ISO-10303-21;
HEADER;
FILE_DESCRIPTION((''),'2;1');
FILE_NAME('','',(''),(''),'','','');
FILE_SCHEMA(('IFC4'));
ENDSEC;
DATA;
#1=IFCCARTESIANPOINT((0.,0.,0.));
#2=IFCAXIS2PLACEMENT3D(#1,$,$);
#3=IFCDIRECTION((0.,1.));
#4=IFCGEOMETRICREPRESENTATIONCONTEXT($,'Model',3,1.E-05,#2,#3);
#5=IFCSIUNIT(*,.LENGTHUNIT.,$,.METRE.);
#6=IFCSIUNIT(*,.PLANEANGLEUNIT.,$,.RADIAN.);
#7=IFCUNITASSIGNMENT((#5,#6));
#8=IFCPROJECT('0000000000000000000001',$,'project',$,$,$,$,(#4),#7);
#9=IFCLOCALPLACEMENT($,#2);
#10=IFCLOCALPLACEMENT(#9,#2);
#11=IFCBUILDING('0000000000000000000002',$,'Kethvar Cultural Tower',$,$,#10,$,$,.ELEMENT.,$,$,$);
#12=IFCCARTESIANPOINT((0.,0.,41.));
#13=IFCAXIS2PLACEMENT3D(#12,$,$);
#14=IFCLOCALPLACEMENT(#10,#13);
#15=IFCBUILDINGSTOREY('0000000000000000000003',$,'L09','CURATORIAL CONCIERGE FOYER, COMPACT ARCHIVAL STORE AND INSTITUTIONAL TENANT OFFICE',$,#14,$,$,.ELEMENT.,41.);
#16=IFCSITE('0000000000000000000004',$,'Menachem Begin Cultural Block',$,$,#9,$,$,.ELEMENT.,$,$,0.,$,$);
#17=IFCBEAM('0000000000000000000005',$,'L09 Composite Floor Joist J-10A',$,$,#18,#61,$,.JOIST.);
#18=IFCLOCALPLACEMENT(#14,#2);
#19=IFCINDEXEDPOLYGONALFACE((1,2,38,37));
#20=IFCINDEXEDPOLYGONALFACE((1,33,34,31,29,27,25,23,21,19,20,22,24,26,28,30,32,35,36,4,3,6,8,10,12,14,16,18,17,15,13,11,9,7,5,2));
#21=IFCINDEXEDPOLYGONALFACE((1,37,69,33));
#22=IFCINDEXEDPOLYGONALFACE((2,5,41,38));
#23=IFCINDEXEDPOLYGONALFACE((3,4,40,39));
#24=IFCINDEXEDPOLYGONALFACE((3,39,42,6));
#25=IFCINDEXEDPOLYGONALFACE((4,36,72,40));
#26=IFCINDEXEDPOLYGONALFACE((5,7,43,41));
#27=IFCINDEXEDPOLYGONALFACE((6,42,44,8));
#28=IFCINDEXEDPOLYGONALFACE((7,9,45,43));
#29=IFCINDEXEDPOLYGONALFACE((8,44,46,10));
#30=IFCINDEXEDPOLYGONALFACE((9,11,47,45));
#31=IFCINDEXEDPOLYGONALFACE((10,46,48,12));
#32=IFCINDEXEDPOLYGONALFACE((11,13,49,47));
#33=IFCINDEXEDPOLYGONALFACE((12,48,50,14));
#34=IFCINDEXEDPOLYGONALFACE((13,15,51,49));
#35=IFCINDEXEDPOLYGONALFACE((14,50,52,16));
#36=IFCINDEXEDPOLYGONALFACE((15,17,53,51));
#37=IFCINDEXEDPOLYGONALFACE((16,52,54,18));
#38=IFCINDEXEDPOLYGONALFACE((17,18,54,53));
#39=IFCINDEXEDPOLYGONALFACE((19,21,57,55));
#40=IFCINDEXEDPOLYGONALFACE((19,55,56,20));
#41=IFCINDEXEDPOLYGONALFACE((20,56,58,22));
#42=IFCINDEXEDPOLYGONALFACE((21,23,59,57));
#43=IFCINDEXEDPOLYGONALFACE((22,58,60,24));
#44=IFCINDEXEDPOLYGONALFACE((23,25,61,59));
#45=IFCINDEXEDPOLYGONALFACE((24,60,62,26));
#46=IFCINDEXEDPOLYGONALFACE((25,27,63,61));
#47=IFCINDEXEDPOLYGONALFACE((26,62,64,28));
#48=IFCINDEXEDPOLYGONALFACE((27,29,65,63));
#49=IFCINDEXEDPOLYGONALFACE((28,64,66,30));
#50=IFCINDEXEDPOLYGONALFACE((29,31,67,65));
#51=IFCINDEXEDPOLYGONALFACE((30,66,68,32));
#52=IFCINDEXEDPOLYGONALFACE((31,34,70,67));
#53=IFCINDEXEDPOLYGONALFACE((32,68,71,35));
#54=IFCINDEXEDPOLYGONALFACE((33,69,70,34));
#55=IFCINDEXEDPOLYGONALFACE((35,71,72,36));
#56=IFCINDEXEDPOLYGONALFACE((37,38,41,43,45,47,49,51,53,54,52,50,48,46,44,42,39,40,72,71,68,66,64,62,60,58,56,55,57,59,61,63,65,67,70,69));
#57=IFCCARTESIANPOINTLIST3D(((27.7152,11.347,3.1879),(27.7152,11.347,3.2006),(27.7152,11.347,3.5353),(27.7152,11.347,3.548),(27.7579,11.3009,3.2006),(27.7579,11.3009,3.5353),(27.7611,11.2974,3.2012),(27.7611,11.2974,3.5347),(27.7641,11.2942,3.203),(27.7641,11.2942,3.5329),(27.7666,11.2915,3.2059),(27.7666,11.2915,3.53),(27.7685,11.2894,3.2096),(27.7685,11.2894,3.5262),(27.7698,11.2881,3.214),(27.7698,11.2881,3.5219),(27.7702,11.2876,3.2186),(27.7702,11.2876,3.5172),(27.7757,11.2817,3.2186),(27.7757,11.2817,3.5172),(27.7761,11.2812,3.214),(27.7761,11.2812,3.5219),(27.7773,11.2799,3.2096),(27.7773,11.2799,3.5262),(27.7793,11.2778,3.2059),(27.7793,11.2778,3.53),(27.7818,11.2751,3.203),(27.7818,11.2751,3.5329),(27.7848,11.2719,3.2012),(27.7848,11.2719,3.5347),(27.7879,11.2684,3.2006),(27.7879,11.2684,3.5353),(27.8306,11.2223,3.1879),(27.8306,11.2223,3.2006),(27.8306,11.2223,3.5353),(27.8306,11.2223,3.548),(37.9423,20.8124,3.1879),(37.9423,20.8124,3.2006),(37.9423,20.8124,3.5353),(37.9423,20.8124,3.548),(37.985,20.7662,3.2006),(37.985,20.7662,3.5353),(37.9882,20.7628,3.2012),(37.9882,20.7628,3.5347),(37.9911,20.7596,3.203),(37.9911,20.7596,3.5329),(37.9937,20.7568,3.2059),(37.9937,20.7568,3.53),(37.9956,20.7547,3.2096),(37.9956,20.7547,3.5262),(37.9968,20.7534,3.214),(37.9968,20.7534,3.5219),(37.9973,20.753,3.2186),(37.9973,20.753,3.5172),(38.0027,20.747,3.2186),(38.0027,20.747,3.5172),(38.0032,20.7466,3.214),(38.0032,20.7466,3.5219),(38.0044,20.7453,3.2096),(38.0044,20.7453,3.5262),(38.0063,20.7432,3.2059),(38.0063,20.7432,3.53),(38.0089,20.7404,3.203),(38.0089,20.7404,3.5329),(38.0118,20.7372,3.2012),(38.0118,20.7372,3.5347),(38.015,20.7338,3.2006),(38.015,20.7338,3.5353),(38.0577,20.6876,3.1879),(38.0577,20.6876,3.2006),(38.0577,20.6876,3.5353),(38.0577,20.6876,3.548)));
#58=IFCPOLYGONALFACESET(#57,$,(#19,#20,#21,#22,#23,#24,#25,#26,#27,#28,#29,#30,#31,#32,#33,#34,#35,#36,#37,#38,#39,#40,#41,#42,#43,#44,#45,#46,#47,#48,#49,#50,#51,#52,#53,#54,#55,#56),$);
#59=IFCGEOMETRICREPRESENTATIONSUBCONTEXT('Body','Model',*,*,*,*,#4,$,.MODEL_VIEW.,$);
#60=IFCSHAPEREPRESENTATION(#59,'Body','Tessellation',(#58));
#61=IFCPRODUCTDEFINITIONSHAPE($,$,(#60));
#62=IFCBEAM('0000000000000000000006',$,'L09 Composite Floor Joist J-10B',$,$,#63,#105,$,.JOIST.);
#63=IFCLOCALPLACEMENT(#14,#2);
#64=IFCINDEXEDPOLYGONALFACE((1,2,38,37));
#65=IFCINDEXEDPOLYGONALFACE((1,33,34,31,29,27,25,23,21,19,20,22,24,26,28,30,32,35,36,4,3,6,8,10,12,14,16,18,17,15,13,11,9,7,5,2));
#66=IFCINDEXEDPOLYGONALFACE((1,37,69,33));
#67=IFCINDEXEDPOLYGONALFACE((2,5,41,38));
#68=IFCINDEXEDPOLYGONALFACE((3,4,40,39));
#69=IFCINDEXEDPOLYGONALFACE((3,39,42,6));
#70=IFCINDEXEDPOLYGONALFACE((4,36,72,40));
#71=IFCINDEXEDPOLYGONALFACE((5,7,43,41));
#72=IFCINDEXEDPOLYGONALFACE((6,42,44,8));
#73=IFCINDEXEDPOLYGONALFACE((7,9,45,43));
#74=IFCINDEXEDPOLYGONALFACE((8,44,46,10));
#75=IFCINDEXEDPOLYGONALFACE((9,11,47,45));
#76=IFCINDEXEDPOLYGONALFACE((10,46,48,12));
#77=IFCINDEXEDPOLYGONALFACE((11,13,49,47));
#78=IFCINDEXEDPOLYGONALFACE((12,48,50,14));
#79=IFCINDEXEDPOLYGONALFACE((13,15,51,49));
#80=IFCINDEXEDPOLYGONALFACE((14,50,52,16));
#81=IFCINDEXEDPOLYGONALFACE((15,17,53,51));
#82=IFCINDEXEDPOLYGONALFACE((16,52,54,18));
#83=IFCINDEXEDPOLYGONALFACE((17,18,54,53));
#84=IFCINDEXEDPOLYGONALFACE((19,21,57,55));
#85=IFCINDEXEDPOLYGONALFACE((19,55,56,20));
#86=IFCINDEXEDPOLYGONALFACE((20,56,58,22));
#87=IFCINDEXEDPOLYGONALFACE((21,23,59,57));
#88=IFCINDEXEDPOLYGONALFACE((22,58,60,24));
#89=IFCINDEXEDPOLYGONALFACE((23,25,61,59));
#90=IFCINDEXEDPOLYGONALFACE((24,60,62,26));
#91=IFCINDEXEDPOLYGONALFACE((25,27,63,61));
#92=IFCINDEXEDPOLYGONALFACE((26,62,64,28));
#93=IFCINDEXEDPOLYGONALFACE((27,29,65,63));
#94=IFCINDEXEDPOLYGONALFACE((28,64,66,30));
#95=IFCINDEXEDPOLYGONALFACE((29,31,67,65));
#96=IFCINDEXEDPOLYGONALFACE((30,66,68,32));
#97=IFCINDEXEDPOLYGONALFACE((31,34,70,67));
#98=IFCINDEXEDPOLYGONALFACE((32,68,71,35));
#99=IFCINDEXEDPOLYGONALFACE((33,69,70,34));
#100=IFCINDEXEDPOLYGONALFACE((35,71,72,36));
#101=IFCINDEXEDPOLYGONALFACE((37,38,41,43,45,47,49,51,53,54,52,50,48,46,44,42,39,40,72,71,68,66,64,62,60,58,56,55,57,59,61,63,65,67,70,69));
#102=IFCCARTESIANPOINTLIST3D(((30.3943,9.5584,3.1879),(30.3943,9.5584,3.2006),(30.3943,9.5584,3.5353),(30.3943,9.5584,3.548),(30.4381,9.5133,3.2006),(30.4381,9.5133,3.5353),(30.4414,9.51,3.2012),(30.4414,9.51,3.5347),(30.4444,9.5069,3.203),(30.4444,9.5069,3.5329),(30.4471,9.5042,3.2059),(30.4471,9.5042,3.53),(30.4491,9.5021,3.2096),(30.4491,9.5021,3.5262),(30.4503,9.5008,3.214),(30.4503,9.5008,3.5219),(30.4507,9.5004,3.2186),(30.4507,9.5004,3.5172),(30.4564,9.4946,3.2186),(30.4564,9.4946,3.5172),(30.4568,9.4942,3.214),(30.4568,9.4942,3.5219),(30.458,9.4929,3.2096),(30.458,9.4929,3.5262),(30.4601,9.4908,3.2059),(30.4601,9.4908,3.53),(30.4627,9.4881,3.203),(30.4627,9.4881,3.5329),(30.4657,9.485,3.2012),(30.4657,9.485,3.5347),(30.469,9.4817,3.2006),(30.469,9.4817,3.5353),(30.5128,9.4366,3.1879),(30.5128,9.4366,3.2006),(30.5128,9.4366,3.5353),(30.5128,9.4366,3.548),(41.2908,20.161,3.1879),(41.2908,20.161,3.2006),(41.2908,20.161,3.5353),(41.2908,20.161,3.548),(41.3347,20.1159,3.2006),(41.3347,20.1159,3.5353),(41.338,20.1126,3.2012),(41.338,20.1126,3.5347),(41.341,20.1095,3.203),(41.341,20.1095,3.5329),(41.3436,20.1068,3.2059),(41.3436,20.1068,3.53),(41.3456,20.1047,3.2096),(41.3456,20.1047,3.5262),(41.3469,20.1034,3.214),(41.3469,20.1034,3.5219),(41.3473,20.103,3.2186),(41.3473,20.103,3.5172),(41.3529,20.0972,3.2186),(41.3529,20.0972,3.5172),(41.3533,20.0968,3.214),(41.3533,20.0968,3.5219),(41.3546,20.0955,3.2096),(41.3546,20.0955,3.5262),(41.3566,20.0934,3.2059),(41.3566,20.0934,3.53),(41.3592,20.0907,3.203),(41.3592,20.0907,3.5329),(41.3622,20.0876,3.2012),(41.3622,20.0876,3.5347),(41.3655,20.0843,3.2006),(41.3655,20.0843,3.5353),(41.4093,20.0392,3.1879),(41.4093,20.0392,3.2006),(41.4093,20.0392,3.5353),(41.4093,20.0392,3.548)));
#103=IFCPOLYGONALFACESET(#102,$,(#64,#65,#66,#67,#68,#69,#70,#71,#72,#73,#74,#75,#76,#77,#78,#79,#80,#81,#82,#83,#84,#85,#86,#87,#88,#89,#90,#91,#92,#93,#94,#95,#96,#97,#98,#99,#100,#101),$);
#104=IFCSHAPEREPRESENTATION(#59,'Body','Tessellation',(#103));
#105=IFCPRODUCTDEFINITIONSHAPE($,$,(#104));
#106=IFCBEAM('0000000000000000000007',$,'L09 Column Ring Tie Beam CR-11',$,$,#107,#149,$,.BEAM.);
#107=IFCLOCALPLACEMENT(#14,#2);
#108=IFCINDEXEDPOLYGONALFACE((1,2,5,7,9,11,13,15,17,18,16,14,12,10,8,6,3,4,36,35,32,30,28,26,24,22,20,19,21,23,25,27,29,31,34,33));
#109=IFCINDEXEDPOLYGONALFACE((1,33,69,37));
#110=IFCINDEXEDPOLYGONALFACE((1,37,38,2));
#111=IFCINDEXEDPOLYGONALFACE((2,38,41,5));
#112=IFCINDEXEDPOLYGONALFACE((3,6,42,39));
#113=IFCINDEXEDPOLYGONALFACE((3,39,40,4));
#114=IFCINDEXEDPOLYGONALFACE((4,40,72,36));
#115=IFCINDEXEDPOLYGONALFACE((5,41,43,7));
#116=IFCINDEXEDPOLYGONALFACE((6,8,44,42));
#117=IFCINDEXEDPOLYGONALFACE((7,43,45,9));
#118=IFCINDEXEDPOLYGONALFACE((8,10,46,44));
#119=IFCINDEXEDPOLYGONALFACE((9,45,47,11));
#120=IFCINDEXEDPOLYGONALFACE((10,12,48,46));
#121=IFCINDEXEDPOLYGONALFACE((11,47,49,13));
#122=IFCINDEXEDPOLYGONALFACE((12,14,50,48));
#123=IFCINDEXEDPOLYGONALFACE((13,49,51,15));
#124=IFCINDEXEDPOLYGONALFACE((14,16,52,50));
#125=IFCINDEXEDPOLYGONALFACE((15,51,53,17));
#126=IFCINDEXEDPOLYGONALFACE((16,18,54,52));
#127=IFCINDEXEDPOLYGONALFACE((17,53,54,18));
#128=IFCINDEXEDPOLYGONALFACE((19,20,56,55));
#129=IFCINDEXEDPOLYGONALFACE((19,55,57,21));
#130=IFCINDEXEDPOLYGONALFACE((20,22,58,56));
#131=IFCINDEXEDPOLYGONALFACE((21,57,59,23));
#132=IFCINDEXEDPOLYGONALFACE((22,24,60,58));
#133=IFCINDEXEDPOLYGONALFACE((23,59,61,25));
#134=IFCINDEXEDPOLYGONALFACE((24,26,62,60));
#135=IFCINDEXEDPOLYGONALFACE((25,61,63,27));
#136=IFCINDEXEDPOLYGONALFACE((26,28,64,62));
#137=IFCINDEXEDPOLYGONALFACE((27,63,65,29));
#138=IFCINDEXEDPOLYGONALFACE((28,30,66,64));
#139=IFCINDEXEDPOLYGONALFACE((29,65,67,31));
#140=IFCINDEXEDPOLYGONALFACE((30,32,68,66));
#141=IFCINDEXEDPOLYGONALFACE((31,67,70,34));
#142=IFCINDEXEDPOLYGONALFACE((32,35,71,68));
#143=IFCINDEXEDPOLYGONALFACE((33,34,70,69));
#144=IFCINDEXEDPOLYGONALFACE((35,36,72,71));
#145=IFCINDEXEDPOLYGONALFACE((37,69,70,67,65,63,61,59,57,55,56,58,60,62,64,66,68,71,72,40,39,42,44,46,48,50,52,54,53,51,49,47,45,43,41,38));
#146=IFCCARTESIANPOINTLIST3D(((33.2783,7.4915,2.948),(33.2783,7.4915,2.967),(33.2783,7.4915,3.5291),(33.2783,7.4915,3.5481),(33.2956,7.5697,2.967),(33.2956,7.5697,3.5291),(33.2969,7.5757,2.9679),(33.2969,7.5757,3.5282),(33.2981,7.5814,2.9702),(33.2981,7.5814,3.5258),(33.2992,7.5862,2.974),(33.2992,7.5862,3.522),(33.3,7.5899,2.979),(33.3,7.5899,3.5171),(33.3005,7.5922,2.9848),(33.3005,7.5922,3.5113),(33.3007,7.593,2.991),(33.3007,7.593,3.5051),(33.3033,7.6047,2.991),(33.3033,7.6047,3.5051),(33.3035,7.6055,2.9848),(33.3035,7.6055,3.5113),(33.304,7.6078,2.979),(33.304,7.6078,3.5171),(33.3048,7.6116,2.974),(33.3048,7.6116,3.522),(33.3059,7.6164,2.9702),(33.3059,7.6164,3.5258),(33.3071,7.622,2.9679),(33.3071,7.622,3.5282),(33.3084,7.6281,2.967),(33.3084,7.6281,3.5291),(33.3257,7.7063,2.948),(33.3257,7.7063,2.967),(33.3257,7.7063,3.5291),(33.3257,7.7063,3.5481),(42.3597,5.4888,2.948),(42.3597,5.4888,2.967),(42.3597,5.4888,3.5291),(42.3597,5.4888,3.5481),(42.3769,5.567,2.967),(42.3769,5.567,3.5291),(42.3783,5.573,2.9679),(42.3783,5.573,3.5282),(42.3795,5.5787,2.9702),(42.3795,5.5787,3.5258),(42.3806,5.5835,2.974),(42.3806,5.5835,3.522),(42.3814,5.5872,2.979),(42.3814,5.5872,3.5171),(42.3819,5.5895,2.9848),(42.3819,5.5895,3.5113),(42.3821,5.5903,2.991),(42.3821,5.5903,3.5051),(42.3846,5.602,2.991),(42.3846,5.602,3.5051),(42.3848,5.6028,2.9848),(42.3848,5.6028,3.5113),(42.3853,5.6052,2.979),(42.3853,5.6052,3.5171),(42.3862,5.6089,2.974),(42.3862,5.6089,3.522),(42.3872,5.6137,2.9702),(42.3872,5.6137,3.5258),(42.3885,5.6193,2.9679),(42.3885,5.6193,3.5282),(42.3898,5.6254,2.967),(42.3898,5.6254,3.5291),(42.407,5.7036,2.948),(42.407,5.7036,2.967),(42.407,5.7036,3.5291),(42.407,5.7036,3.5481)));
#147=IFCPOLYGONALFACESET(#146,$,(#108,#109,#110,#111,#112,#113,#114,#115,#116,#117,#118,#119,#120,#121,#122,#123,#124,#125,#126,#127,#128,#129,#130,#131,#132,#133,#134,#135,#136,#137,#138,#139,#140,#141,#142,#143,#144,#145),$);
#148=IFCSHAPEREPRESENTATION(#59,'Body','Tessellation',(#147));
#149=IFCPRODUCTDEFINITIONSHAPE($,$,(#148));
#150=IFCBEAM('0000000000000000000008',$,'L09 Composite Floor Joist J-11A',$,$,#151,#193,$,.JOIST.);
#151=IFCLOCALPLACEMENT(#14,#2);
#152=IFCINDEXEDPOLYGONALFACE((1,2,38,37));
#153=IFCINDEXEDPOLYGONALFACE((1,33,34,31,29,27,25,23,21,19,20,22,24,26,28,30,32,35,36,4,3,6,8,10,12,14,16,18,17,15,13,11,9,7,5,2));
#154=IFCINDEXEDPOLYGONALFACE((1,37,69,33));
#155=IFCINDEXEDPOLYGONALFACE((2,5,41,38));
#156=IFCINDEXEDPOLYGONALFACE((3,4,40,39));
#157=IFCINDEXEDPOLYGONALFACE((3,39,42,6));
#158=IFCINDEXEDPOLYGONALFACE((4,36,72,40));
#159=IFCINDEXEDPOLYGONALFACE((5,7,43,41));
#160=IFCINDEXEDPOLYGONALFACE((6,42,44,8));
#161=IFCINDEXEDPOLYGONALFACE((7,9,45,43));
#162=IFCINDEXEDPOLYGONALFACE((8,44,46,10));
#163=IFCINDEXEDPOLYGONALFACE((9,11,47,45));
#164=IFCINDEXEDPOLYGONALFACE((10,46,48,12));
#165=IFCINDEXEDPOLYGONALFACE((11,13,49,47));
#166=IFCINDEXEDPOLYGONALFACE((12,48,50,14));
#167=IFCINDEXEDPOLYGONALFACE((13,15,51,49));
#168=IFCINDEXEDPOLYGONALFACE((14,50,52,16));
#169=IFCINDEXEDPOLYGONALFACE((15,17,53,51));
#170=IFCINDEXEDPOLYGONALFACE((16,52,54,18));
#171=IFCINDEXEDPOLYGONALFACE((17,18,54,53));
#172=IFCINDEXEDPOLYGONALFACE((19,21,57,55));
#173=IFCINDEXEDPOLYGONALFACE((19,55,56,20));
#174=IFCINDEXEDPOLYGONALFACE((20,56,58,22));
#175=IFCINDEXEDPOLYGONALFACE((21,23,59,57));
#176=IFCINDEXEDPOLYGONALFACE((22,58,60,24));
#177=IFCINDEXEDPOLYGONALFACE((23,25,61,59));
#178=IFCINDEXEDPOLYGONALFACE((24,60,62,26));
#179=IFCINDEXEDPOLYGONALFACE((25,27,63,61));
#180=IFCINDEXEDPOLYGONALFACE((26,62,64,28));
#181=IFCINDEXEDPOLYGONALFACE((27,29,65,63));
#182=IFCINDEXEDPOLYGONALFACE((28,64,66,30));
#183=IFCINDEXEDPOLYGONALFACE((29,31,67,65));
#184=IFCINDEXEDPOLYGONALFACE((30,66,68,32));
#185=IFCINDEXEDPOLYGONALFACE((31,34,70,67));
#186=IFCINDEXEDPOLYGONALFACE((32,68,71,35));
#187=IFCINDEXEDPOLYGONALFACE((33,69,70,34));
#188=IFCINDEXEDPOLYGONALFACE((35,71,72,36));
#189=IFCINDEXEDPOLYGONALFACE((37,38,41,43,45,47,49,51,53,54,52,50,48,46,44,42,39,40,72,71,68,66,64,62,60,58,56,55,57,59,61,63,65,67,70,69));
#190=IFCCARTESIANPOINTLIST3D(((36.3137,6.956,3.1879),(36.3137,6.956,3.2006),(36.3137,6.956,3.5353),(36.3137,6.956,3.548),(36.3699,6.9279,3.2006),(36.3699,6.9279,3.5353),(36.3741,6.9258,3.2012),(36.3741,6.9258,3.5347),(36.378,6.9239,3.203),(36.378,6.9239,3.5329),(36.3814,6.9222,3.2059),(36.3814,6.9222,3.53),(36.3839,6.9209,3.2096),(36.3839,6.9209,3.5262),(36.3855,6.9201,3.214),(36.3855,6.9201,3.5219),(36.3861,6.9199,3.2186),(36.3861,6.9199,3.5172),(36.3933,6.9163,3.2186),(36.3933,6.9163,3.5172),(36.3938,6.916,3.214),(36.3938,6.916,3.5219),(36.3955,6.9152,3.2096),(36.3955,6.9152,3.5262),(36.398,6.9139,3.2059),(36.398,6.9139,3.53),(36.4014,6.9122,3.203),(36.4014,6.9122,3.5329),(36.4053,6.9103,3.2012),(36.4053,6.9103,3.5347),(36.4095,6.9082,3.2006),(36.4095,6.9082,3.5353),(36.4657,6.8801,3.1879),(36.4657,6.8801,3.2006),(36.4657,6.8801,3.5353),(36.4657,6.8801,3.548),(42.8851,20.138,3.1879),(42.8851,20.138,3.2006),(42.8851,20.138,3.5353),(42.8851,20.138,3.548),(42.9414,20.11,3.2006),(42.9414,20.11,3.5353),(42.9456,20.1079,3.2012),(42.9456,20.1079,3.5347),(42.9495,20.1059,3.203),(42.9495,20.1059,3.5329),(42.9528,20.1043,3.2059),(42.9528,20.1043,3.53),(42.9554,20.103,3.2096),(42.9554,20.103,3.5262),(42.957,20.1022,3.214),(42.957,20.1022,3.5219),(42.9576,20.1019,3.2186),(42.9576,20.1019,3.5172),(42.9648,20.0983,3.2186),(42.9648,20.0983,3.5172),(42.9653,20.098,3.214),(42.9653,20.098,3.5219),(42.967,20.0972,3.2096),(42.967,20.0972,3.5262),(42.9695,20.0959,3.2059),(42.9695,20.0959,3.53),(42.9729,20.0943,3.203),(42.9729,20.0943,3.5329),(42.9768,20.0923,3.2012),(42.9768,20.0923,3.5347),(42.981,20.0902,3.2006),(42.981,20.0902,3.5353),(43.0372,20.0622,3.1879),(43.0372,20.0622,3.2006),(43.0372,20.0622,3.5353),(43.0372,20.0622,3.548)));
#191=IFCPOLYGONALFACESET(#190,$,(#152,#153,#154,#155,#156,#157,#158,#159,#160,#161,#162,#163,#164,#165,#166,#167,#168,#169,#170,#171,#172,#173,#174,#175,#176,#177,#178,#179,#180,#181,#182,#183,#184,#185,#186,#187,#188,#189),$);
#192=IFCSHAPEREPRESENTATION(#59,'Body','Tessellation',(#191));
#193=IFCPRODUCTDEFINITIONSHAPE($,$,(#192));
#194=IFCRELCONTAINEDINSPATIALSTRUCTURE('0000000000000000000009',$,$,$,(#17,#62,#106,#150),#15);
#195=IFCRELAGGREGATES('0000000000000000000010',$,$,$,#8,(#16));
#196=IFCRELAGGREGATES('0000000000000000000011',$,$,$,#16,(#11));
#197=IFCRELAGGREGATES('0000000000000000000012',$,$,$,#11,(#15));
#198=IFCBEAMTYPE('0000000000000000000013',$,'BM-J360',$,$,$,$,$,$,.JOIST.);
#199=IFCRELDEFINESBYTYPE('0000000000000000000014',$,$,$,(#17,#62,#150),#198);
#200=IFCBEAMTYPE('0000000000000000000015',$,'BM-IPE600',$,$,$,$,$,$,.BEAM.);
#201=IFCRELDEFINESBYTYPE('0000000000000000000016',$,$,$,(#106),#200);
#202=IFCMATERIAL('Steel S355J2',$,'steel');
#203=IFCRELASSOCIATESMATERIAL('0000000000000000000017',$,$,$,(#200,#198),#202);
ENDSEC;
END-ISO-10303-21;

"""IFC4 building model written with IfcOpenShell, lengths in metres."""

from ifc_helpers import new_model, si_unit, direction, frame, origin, origin_2d, place, context, subcontext, project, spatial, i_section, extrude, source, transform, mapped, material, material_profile, profile_set, type_object, element, save


model = new_model("IFC4")

# Units and contexts
model_context = context("Model", 3, precision=1e-05, world=origin(), true_north=direction((0.0, 1.0)))
body_context = subcontext(model_context, "Body", "Model", "MODEL_VIEW")
ifc_project = project(units=[si_unit("LENGTHUNIT", "METRE"), si_unit("PLANEANGLEUNIT", "RADIAN")], contexts=[model_context])

# Site, building, storey
site_placement = place(None, origin())
site = spatial("IfcSite", under=ifc_project, at=site_placement, Name="Menachem Begin Cultural Block", CompositionType="ELEMENT", RefElevation=0.0)
building_placement = place(site_placement, origin())
building = spatial("IfcBuilding", under=site, at=building_placement, Name="Kethvar Cultural Tower", CompositionType="ELEMENT")
storey_placement = place(building_placement, frame((0.0, 0.0, 41.0)))
storey = spatial("IfcBuildingStorey", under=building, at=storey_placement, Name="L09", Description="CURATORIAL CONCIERGE FOYER, COMPACT ARCHIVAL STORE AND INSTITUTIONAL TENANT OFFICE", CompositionType="ELEMENT", Elevation=41.0)

# Beams
ifc_material_1 = material(Name="Steel S355J2", Category="steel")
ifc_material_profile_1 = material_profile(ifc_material_1, i_section(OverallWidth=0.22, OverallDepth=0.6001, WebThickness=0.012, FlangeThickness=0.019, FilletRadius=0.0239, at=origin_2d()), Name="Steel S355J2 — IPE600")
ifc_profile_set_1 = profile_set([ifc_material_profile_1], Name="Steel S355J2 — IPE600")
beam_type_1 = type_object("IfcBeamType", Name="BM-IPE600", PredefinedType="BEAM", material=ifc_profile_set_1)
ifc_material_profile_2 = material_profile(ifc_material_1, i_section(OverallWidth=0.1699, OverallDepth=0.3601, WebThickness=0.0081, FlangeThickness=0.0127, FilletRadius=0.0181, at=origin_2d()), Name="Steel S355J2 — IPE360")
ifc_profile_set_2 = profile_set([ifc_material_profile_2], Name="Steel S355J2 — IPE360")
beam_type_2 = type_object("IfcBeamType", Name="BM-J360", PredefinedType="JOIST", material=ifc_profile_set_2)
shared_shape_1 = source(origin(), body_context, "Body", "SweptSolid", [
    extrude(i_section(OverallWidth=0.1699, OverallDepth=0.3601, WebThickness=0.0081, FlangeThickness=0.0127, FilletRadius=0.0181, at=origin_2d()), origin(), (0.0, 0.0, 1.0), 13.9351),
])
beam_1_placement = place(storey_placement, frame((38.0, 20.75, 3.3679), z_axis=(-0.733909, -0.679247, 0.0), x_axis=(0.679247, -0.733909, 0.0)))
element("IfcBeam", 1, at=beam_1_placement, inside=storey, type_object=beam_type_2, Name="L09 Composite Floor Joist J-10A", PredefinedType="JOIST", context=body_context, shape_type="MappedRepresentation", body=[
    mapped(shared_shape_1, transform((0.0, 0.0, 0.0), scale=1.0)),
])
shared_shape_2 = source(origin(), body_context, "Body", "SweptSolid", [
    extrude(i_section(OverallWidth=0.1699, OverallDepth=0.3601, WebThickness=0.0081, FlangeThickness=0.0127, FilletRadius=0.0181, at=origin_2d()), origin(), (0.0, 0.0, 1.0), 15.2036),
])
beam_2_placement = place(storey_placement, frame((41.3501, 20.1001, 3.3679), z_axis=(-0.716708, -0.697374, 0.0), x_axis=(0.697374, -0.716708, 0.0)))
element("IfcBeam", 2, at=beam_2_placement, inside=storey, type_object=beam_type_2, Name="L09 Composite Floor Joist J-10B", PredefinedType="JOIST", context=body_context, shape_type="MappedRepresentation", body=[
    mapped(shared_shape_2, transform((0.0, 0.0, 0.0), scale=1.0)),
])
shared_shape_3 = source(origin(), body_context, "Body", "SweptSolid", [
    extrude(i_section(OverallWidth=0.22, OverallDepth=0.6001, WebThickness=0.012, FlangeThickness=0.019, FilletRadius=0.0239, at=origin_2d()), origin(), (0.0, 0.0, 1.0), 9.2996),
])
beam_3_placement = place(storey_placement, frame((33.302, 7.5989, 3.248), z_axis=(0.976536, -0.215354, 0.0), x_axis=(0.215354, 0.976536, 0.0)))
element("IfcBeam", 3, at=beam_3_placement, inside=storey, type_object=beam_type_1, Name="L09 Column Ring Tie Beam CR-11", PredefinedType="BEAM", context=body_context, shape_type="MappedRepresentation", body=[
    mapped(shared_shape_3, transform((0.0, 0.0, 0.0), scale=1.0)),
])
shared_shape_4 = source(origin(), body_context, "Body", "SweptSolid", [
    extrude(i_section(OverallWidth=0.1699, OverallDepth=0.3601, WebThickness=0.0081, FlangeThickness=0.0127, FilletRadius=0.0181, at=origin_2d()), origin(), (0.0, 0.0, 1.0), 14.7292),
])
beam_4_placement = place(storey_placement, frame((42.9612, 20.1001, 3.3679), z_axis=(-0.446152, -0.894957, 0.0), x_axis=(0.894957, -0.446152, 0.0)))
element("IfcBeam", 4, at=beam_4_placement, inside=storey, type_object=beam_type_2, Name="L09 Composite Floor Joist J-11A", PredefinedType="JOIST", context=body_context, shape_type="MappedRepresentation", body=[
    mapped(shared_shape_4, transform((0.0, 0.0, 0.0), scale=1.0)),
])

save(model, "model.ifc")
